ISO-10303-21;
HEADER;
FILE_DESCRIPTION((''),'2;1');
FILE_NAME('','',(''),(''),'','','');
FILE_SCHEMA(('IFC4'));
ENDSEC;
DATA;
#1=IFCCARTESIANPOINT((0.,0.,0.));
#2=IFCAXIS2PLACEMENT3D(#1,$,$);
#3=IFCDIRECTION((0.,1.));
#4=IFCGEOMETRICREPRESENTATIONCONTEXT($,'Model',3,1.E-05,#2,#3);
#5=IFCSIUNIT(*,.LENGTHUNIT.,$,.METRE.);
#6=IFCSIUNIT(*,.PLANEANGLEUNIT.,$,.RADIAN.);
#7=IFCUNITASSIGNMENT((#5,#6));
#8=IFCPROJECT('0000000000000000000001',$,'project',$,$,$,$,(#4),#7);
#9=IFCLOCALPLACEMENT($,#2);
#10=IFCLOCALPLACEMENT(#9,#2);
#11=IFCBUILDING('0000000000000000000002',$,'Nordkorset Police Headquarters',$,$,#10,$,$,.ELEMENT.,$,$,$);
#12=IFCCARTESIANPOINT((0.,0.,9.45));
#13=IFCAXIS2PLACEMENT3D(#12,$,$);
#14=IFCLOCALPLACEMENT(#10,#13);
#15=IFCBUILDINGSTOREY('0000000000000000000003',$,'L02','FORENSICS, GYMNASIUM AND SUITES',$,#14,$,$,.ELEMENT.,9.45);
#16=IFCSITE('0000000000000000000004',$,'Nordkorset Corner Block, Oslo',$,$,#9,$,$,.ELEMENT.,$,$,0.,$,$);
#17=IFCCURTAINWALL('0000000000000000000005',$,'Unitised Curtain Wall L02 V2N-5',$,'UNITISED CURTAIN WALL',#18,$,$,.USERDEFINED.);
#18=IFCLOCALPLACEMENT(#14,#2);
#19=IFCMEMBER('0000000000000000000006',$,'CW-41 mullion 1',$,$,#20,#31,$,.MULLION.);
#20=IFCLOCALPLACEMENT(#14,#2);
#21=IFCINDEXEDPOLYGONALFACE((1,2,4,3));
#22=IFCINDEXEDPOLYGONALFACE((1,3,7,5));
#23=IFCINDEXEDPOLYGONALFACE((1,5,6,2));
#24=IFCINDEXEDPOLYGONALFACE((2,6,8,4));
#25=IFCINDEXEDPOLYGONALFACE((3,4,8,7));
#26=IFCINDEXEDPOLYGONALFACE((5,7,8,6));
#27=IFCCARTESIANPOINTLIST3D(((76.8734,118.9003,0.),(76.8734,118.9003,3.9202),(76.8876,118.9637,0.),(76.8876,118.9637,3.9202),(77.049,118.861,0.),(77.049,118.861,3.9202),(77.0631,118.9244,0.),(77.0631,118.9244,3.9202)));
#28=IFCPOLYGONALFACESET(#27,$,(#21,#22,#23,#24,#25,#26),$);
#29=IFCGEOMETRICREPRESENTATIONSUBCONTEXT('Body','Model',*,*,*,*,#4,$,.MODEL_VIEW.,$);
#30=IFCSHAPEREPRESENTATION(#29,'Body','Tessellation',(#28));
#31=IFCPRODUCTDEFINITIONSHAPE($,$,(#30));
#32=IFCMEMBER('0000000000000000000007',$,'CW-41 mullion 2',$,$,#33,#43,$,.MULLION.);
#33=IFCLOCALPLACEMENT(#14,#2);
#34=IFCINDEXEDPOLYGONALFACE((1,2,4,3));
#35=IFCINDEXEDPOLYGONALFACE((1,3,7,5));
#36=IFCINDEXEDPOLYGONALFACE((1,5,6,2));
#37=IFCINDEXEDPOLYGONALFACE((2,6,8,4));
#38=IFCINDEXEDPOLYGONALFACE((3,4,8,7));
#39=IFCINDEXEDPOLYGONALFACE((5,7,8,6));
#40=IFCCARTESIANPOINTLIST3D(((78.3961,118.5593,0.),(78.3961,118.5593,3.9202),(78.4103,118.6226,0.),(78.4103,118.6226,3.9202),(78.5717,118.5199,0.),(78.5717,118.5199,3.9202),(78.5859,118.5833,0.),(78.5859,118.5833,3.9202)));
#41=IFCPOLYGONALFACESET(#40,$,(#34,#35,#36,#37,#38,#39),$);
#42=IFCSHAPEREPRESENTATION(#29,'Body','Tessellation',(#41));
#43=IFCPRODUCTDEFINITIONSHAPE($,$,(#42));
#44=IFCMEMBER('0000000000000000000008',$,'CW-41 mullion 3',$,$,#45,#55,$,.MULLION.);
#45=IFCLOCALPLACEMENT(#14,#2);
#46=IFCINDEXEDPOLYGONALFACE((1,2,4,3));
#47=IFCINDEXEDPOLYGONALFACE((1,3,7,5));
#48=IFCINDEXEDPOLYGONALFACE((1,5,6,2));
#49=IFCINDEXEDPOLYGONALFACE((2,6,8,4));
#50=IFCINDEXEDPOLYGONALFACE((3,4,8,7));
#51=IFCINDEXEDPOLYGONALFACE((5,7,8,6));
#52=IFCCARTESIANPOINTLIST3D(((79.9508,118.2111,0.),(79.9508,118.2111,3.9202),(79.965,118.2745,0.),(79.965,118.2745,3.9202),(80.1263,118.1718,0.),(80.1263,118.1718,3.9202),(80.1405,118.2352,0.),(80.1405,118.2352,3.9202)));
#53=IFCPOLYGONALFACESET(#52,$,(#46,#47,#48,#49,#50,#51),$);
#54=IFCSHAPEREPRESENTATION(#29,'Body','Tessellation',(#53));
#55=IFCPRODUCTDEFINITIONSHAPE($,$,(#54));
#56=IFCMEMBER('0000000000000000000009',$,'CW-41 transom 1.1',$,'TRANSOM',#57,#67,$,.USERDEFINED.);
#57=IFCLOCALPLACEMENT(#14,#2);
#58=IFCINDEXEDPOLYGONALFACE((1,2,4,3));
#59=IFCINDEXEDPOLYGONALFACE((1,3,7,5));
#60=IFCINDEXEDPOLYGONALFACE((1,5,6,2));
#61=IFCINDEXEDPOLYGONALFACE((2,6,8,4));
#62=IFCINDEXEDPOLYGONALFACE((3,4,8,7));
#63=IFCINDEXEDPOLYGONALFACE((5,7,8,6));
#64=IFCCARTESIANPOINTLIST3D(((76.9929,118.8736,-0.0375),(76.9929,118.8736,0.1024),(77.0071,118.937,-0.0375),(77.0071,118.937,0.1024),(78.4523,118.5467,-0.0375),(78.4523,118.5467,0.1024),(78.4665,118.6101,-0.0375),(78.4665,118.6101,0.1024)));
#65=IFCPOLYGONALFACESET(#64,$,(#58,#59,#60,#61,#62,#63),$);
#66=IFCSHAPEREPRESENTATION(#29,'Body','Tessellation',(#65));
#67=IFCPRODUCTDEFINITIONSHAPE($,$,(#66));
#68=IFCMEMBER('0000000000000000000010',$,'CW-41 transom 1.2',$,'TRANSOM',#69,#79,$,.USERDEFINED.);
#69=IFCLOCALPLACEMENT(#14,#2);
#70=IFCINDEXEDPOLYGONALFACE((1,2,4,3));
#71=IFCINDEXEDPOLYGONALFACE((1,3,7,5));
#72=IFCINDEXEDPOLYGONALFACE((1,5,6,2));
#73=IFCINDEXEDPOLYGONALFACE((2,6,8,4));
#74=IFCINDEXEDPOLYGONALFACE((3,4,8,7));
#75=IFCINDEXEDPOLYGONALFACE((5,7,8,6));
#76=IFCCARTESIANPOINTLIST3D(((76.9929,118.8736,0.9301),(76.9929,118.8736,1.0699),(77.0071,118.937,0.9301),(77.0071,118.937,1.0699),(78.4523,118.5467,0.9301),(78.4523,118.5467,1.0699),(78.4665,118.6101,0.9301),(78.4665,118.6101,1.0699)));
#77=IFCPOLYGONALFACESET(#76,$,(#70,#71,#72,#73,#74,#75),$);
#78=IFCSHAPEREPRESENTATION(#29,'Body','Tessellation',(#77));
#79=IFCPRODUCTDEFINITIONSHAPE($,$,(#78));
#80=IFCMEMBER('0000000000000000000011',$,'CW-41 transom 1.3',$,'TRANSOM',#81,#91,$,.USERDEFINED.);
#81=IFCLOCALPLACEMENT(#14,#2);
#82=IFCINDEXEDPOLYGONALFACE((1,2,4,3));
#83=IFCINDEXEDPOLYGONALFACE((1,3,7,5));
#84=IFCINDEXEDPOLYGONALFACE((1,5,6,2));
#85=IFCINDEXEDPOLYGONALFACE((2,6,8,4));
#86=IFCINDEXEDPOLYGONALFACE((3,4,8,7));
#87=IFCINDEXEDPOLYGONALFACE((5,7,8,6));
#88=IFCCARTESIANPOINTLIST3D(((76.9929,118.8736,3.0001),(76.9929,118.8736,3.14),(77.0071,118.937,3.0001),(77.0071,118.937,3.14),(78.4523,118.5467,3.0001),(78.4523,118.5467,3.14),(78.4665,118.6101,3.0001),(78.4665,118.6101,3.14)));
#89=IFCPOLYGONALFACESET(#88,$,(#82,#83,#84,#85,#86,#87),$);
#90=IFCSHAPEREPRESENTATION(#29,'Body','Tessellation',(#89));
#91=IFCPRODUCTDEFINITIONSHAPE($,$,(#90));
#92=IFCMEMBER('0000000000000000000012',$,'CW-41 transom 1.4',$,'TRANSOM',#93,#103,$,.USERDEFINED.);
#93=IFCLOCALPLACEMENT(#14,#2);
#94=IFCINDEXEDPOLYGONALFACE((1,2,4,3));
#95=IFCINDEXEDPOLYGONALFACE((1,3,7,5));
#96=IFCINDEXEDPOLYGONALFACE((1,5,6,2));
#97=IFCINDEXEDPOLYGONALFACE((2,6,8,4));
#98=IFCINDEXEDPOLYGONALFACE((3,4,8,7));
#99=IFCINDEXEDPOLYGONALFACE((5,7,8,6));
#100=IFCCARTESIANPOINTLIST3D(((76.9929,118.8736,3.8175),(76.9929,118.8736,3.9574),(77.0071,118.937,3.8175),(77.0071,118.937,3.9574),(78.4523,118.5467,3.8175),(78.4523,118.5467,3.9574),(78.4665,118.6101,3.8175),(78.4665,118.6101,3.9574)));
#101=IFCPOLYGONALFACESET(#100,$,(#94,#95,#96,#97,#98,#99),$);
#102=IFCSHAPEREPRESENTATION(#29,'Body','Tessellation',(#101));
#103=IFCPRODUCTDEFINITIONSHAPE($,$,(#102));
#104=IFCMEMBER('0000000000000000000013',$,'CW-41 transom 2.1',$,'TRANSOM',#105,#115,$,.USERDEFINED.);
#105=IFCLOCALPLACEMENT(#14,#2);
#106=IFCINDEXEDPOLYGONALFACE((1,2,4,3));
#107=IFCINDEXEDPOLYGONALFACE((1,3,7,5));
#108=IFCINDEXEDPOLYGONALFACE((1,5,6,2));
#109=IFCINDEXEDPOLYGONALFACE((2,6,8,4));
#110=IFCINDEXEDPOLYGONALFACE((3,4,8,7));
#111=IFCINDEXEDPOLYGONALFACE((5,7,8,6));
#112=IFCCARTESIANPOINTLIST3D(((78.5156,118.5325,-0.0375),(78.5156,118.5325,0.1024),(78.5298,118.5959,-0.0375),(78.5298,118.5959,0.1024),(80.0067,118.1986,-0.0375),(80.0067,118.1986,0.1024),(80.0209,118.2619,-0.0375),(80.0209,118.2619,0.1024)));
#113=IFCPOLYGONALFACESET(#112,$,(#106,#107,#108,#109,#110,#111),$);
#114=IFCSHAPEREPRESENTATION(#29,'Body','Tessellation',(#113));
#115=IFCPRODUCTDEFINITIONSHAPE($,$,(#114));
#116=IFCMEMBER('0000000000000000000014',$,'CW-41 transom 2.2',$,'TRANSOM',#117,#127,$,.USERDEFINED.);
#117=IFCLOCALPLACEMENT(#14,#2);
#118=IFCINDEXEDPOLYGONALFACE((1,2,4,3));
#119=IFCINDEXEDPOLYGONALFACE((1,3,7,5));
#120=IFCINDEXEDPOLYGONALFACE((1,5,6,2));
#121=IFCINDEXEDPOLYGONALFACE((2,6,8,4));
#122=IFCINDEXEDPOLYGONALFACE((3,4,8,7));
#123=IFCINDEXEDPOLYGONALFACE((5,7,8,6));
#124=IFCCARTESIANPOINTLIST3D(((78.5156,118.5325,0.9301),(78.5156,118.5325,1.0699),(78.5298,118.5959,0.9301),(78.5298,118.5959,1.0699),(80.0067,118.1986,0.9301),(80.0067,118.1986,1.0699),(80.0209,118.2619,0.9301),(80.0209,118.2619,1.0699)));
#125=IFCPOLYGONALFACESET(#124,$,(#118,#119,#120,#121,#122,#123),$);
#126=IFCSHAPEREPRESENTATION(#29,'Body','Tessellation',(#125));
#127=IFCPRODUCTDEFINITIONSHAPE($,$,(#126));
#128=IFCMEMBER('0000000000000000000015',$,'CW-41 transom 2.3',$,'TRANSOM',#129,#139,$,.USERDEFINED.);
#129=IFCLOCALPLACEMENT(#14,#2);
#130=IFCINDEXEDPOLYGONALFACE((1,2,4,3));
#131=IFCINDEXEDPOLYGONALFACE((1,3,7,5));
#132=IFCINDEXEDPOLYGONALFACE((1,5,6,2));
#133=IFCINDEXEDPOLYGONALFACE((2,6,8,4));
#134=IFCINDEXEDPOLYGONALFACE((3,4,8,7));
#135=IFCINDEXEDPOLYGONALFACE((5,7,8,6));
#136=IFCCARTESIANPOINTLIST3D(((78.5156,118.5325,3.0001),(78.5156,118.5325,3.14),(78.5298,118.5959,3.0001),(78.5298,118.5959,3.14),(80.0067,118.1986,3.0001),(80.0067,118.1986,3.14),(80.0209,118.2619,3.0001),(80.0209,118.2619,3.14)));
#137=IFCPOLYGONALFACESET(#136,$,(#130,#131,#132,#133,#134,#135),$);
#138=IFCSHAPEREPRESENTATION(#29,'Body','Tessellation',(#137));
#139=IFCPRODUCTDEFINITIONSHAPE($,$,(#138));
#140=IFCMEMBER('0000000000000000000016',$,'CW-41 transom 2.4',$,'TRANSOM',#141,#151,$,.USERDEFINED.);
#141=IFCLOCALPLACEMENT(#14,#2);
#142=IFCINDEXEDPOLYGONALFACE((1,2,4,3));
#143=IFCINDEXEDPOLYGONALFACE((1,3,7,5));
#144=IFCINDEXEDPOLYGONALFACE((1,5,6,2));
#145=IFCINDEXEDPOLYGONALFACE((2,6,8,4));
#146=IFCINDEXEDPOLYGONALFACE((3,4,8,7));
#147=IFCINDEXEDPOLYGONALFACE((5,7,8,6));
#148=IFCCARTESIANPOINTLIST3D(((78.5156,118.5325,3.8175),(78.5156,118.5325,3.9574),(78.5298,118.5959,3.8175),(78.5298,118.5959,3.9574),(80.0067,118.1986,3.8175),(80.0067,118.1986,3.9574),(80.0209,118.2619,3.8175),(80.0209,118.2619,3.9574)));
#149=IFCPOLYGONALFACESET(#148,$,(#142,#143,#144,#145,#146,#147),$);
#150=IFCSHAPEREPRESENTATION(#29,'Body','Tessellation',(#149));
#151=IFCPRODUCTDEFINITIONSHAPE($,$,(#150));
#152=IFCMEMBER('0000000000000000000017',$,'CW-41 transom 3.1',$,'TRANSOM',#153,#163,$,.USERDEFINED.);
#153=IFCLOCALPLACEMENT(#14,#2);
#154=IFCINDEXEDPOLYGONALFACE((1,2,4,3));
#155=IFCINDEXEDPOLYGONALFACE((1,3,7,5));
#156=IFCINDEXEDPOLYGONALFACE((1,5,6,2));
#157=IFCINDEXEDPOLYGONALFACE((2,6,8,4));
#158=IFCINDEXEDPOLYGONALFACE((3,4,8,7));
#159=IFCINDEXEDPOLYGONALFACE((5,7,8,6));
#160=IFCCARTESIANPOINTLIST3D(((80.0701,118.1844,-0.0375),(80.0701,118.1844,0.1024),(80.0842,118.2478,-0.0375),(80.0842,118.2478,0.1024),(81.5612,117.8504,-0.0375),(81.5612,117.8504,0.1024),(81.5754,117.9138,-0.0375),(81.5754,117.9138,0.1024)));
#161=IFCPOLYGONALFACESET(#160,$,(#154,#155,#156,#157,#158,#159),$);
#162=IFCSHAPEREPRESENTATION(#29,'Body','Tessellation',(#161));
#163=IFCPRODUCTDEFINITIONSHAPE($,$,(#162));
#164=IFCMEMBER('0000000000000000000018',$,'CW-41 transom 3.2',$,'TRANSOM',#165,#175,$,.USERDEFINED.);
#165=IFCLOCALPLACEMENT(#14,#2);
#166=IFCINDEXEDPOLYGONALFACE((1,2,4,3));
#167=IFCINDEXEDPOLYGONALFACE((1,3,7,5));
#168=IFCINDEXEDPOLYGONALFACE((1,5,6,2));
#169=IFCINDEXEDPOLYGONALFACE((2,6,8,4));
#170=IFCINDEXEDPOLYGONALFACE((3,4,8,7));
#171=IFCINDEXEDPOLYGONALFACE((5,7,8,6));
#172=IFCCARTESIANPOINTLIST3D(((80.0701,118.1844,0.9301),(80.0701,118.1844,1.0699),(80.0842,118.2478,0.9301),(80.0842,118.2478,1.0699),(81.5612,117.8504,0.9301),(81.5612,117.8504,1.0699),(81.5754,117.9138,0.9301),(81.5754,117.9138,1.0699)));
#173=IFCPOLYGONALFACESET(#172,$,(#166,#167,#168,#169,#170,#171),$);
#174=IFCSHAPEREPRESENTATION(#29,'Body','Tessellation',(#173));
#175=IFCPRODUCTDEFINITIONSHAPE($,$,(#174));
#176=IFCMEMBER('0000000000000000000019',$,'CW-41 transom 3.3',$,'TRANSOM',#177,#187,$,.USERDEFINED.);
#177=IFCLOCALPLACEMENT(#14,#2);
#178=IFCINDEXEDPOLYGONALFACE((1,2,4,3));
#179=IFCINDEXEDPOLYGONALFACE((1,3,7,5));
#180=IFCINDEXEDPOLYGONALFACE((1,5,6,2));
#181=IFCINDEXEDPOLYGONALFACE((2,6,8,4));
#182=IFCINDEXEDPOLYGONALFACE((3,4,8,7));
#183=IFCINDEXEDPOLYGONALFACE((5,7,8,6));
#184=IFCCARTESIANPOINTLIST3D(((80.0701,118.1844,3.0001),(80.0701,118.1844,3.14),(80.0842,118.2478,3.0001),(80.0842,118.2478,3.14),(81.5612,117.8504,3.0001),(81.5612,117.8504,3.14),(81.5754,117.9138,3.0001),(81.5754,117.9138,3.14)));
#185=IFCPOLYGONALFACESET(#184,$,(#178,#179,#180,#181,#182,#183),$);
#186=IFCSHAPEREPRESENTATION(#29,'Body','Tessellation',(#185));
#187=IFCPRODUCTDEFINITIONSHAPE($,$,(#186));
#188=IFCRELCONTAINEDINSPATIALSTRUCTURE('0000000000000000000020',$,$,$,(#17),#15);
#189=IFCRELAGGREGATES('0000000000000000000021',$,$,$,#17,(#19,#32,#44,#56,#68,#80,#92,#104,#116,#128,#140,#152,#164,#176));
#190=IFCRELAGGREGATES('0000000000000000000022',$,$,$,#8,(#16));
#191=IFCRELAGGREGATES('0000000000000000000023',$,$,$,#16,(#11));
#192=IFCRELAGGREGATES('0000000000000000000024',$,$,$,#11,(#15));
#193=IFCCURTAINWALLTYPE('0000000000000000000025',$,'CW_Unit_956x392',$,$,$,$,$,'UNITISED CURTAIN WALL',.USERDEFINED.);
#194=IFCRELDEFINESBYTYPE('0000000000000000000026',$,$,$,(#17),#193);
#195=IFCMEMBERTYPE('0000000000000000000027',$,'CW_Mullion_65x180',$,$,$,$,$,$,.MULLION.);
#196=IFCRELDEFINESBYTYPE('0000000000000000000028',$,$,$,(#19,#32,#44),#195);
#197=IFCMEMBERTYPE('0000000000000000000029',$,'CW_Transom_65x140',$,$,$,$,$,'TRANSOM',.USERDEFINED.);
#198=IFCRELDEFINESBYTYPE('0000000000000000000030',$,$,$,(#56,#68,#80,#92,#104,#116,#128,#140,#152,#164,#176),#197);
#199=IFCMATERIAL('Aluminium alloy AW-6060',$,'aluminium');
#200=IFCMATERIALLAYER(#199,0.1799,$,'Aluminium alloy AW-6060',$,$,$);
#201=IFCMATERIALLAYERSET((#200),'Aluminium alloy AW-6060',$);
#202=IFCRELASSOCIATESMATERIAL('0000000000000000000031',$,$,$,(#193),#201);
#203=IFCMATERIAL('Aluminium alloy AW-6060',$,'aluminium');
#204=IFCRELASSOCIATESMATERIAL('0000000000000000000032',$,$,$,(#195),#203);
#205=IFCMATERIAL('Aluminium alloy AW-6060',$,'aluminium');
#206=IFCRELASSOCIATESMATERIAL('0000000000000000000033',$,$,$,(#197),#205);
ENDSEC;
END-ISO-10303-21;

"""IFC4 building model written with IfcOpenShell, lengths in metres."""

from ifc_helpers import new_model, si_unit, direction, frame, origin, origin_2d, place, context, subcontext, project, spatial, rectangle, extrude, material, layer, layer_set, material_profile, profile_set, type_object, element, aggregate, save


model = new_model("IFC4")

# Units and contexts
model_context = context("Model", 3, precision=1e-05, world=origin(), true_north=direction((0.0, 1.0)))
body_context = subcontext(model_context, "Body", "Model", "MODEL_VIEW")
ifc_project = project(units=[si_unit("LENGTHUNIT", "METRE"), si_unit("PLANEANGLEUNIT", "RADIAN")], contexts=[model_context])

# Site, building, storey
site_placement = place(None, origin())
site = spatial("IfcSite", under=ifc_project, at=site_placement, Name="Nordkorset Corner Block, Oslo", CompositionType="ELEMENT", RefElevation=0.0)
building_placement = place(site_placement, origin())
building = spatial("IfcBuilding", under=site, at=building_placement, Name="Nordkorset Police Headquarters", CompositionType="ELEMENT")
storey_placement = place(building_placement, frame((0.0, 0.0, 9.45)))
storey = spatial("IfcBuildingStorey", under=building, at=storey_placement, Name="L02", Description="FORENSICS, GYMNASIUM AND SUITES", CompositionType="ELEMENT", Elevation=9.45)

# Curtain wall, members
ifc_material_1 = material(Name="Aluminium alloy AW-6060", Category="aluminium")
ifc_layer_1 = layer(ifc_material_1, 0.1799, Name="Aluminium alloy AW-6060")
ifc_layer_set_1 = layer_set([ifc_layer_1], Name="Aluminium alloy AW-6060")
curtain_wall_type = type_object("IfcCurtainWallType", Name="CW_Unit_956x392", ElementType="UNITISED CURTAIN WALL", PredefinedType="USERDEFINED", material=ifc_layer_set_1)
curtain_wall_placement = place(storey_placement, origin())
curtain_wall = element("IfcCurtainWall", 1, at=curtain_wall_placement, inside=storey, type_object=curtain_wall_type, Name="Unitised Curtain Wall L02 V2N-5", ObjectType="UNITISED CURTAIN WALL", PredefinedType="USERDEFINED")
ifc_material_2 = material(Name="Aluminium alloy AW-6060", Category="aluminium")
ifc_material_profile_1 = material_profile(ifc_material_2, rectangle(XDim=0.0649, YDim=0.1799, at=origin_2d()), Name="ALU MULL 65x180")
ifc_profile_set_1 = profile_set([ifc_material_profile_1], Name="Aluminium alloy AW-6060")
member_type_1 = type_object("IfcMemberType", Name="CW_Mullion_65x180", PredefinedType="MULLION", material=ifc_profile_set_1)
member_1_placement = place(storey_placement, frame((76.9683, 118.9124, 0.0), z_axis=(0.0, 0.0, 1.0), x_axis=(0.218544, 0.975827, 0.0)))
member_1 = element("IfcMember", 2, at=member_1_placement, type_object=member_type_1, Name="CW-41 mullion 1", PredefinedType="MULLION", context=body_context, shape_type="SweptSolid", body=[
    extrude(rectangle(XDim=0.0649, YDim=0.1799, at=origin_2d()), origin(), (0.0, 0.0, 1.0), 3.9202),
])
member_2_placement = place(storey_placement, frame((78.491, 118.5713, 0.0), z_axis=(0.0, 0.0, 1.0), x_axis=(0.218544, 0.975827, 0.0)))
member_2 = element("IfcMember", 3, at=member_2_placement, type_object=member_type_1, Name="CW-41 mullion 2", PredefinedType="MULLION", context=body_context, shape_type="SweptSolid", body=[
    extrude(rectangle(XDim=0.0649, YDim=0.1799, at=origin_2d()), origin(), (0.0, 0.0, 1.0), 3.9202),
])
member_3_placement = place(storey_placement, frame((80.0457, 118.2231, 0.0), z_axis=(0.0, 0.0, 1.0), x_axis=(0.218544, 0.975827, 0.0)))
member_3 = element("IfcMember", 4, at=member_3_placement, type_object=member_type_1, Name="CW-41 mullion 3", PredefinedType="MULLION", context=body_context, shape_type="SweptSolid", body=[
    extrude(rectangle(XDim=0.0649, YDim=0.1799, at=origin_2d()), origin(), (0.0, 0.0, 1.0), 3.9202),
])
ifc_material_3 = material(Name="Aluminium alloy AW-6060", Category="aluminium")
ifc_material_profile_2 = material_profile(ifc_material_3, rectangle(XDim=0.0649, YDim=0.1399, at=origin_2d()), Name="ALU TRAN 65x140")
ifc_profile_set_2 = profile_set([ifc_material_profile_2], Name="Aluminium alloy AW-6060")
member_type_2 = type_object("IfcMemberType", Name="CW_Transom_65x140", ElementType="TRANSOM", PredefinedType="USERDEFINED", material=ifc_profile_set_2)
member_4_placement = place(storey_placement, frame((77.0, 118.9053, 0.0325), z_axis=(0.975821, -0.218572, 0.0), x_axis=(0.218572, 0.975821, 0.0)))
member_4 = element("IfcMember", 5, at=member_4_placement, type_object=member_type_2, Name="CW-41 transom 1.1", ObjectType="TRANSOM", PredefinedType="USERDEFINED", context=body_context, shape_type="SweptSolid", body=[
    extrude(rectangle(XDim=0.0649, YDim=0.1399, at=origin_2d()), origin(), (0.0, 0.0, 1.0), 1.4956),
])
member_5_placement = place(storey_placement, frame((77.0, 118.9053, 1.0), z_axis=(0.975821, -0.218572, 0.0), x_axis=(0.218572, 0.975821, 0.0)))
member_5 = element("IfcMember", 6, at=member_5_placement, type_object=member_type_2, Name="CW-41 transom 1.2", ObjectType="TRANSOM", PredefinedType="USERDEFINED", context=body_context, shape_type="SweptSolid", body=[
    extrude(rectangle(XDim=0.0649, YDim=0.1399, at=origin_2d()), origin(), (0.0, 0.0, 1.0), 1.4956),
])
member_6_placement = place(storey_placement, frame((77.0, 118.9053, 3.0701), z_axis=(0.975821, -0.218572, 0.0), x_axis=(0.218572, 0.975821, 0.0)))
member_6 = element("IfcMember", 7, at=member_6_placement, type_object=member_type_2, Name="CW-41 transom 1.3", ObjectType="TRANSOM", PredefinedType="USERDEFINED", context=body_context, shape_type="SweptSolid", body=[
    extrude(rectangle(XDim=0.0649, YDim=0.1399, at=origin_2d()), origin(), (0.0, 0.0, 1.0), 1.4956),
])
member_7_placement = place(storey_placement, frame((77.0, 118.9053, 3.8875), z_axis=(0.975821, -0.218572, 0.0), x_axis=(0.218572, 0.975821, 0.0)))
member_7 = element("IfcMember", 8, at=member_7_placement, type_object=member_type_2, Name="CW-41 transom 1.4", ObjectType="TRANSOM", PredefinedType="USERDEFINED", context=body_context, shape_type="SweptSolid", body=[
    extrude(rectangle(XDim=0.0649, YDim=0.1399, at=origin_2d()), origin(), (0.0, 0.0, 1.0), 1.4956),
])
member_8_placement = place(storey_placement, frame((78.5227, 118.5642, 0.0325), z_axis=(0.975825, -0.218554, 0.0), x_axis=(0.218554, 0.975825, 0.0)))
member_8 = element("IfcMember", 9, at=member_8_placement, type_object=member_type_2, Name="CW-41 transom 2.1", ObjectType="TRANSOM", PredefinedType="USERDEFINED", context=body_context, shape_type="SweptSolid", body=[
    extrude(rectangle(XDim=0.0649, YDim=0.1399, at=origin_2d()), origin(), (0.0, 0.0, 1.0), 1.5281),
])
member_9_placement = place(storey_placement, frame((78.5227, 118.5642, 1.0), z_axis=(0.975825, -0.218554, 0.0), x_axis=(0.218554, 0.975825, 0.0)))
member_9 = element("IfcMember", 10, at=member_9_placement, type_object=member_type_2, Name="CW-41 transom 2.2", ObjectType="TRANSOM", PredefinedType="USERDEFINED", context=body_context, shape_type="SweptSolid", body=[
    extrude(rectangle(XDim=0.0649, YDim=0.1399, at=origin_2d()), origin(), (0.0, 0.0, 1.0), 1.5281),
])
member_10_placement = place(storey_placement, frame((78.5227, 118.5642, 3.0701), z_axis=(0.975825, -0.218554, 0.0), x_axis=(0.218554, 0.975825, 0.0)))
member_10 = element("IfcMember", 11, at=member_10_placement, type_object=member_type_2, Name="CW-41 transom 2.3", ObjectType="TRANSOM", PredefinedType="USERDEFINED", context=body_context, shape_type="SweptSolid", body=[
    extrude(rectangle(XDim=0.0649, YDim=0.1399, at=origin_2d()), origin(), (0.0, 0.0, 1.0), 1.5281),
])
member_11_placement = place(storey_placement, frame((78.5227, 118.5642, 3.8875), z_axis=(0.975825, -0.218554, 0.0), x_axis=(0.218554, 0.975825, 0.0)))
member_11 = element("IfcMember", 12, at=member_11_placement, type_object=member_type_2, Name="CW-41 transom 2.4", ObjectType="TRANSOM", PredefinedType="USERDEFINED", context=body_context, shape_type="SweptSolid", body=[
    extrude(rectangle(XDim=0.0649, YDim=0.1399, at=origin_2d()), origin(), (0.0, 0.0, 1.0), 1.5281),
])
member_12_placement = place(storey_placement, frame((80.0771, 118.2161, 0.0325), z_axis=(0.975825, -0.218554, 0.0), x_axis=(0.218554, 0.975825, 0.0)))
member_12 = element("IfcMember", 13, at=member_12_placement, type_object=member_type_2, Name="CW-41 transom 3.1", ObjectType="TRANSOM", PredefinedType="USERDEFINED", context=body_context, shape_type="SweptSolid", body=[
    extrude(rectangle(XDim=0.0649, YDim=0.1399, at=origin_2d()), origin(), (0.0, 0.0, 1.0), 1.5281),
])
member_13_placement = place(storey_placement, frame((80.0771, 118.2161, 1.0), z_axis=(0.975825, -0.218554, 0.0), x_axis=(0.218554, 0.975825, 0.0)))
member_13 = element("IfcMember", 14, at=member_13_placement, type_object=member_type_2, Name="CW-41 transom 3.2", ObjectType="TRANSOM", PredefinedType="USERDEFINED", context=body_context, shape_type="SweptSolid", body=[
    extrude(rectangle(XDim=0.0649, YDim=0.1399, at=origin_2d()), origin(), (0.0, 0.0, 1.0), 1.5281),
])
member_14_placement = place(storey_placement, frame((80.0771, 118.2161, 3.0701), z_axis=(0.975825, -0.218554, 0.0), x_axis=(0.218554, 0.975825, 0.0)))
member_14 = element("IfcMember", 15, at=member_14_placement, type_object=member_type_2, Name="CW-41 transom 3.3", ObjectType="TRANSOM", PredefinedType="USERDEFINED", context=body_context, shape_type="SweptSolid", body=[
    extrude(rectangle(XDim=0.0649, YDim=0.1399, at=origin_2d()), origin(), (0.0, 0.0, 1.0), 1.5281),
])
aggregate(curtain_wall, [member_1, member_2, member_3, member_4, member_5, member_6, member_7, member_8, member_9, member_10, member_11, member_12, member_13, member_14])

save(model, "model.ifc")
